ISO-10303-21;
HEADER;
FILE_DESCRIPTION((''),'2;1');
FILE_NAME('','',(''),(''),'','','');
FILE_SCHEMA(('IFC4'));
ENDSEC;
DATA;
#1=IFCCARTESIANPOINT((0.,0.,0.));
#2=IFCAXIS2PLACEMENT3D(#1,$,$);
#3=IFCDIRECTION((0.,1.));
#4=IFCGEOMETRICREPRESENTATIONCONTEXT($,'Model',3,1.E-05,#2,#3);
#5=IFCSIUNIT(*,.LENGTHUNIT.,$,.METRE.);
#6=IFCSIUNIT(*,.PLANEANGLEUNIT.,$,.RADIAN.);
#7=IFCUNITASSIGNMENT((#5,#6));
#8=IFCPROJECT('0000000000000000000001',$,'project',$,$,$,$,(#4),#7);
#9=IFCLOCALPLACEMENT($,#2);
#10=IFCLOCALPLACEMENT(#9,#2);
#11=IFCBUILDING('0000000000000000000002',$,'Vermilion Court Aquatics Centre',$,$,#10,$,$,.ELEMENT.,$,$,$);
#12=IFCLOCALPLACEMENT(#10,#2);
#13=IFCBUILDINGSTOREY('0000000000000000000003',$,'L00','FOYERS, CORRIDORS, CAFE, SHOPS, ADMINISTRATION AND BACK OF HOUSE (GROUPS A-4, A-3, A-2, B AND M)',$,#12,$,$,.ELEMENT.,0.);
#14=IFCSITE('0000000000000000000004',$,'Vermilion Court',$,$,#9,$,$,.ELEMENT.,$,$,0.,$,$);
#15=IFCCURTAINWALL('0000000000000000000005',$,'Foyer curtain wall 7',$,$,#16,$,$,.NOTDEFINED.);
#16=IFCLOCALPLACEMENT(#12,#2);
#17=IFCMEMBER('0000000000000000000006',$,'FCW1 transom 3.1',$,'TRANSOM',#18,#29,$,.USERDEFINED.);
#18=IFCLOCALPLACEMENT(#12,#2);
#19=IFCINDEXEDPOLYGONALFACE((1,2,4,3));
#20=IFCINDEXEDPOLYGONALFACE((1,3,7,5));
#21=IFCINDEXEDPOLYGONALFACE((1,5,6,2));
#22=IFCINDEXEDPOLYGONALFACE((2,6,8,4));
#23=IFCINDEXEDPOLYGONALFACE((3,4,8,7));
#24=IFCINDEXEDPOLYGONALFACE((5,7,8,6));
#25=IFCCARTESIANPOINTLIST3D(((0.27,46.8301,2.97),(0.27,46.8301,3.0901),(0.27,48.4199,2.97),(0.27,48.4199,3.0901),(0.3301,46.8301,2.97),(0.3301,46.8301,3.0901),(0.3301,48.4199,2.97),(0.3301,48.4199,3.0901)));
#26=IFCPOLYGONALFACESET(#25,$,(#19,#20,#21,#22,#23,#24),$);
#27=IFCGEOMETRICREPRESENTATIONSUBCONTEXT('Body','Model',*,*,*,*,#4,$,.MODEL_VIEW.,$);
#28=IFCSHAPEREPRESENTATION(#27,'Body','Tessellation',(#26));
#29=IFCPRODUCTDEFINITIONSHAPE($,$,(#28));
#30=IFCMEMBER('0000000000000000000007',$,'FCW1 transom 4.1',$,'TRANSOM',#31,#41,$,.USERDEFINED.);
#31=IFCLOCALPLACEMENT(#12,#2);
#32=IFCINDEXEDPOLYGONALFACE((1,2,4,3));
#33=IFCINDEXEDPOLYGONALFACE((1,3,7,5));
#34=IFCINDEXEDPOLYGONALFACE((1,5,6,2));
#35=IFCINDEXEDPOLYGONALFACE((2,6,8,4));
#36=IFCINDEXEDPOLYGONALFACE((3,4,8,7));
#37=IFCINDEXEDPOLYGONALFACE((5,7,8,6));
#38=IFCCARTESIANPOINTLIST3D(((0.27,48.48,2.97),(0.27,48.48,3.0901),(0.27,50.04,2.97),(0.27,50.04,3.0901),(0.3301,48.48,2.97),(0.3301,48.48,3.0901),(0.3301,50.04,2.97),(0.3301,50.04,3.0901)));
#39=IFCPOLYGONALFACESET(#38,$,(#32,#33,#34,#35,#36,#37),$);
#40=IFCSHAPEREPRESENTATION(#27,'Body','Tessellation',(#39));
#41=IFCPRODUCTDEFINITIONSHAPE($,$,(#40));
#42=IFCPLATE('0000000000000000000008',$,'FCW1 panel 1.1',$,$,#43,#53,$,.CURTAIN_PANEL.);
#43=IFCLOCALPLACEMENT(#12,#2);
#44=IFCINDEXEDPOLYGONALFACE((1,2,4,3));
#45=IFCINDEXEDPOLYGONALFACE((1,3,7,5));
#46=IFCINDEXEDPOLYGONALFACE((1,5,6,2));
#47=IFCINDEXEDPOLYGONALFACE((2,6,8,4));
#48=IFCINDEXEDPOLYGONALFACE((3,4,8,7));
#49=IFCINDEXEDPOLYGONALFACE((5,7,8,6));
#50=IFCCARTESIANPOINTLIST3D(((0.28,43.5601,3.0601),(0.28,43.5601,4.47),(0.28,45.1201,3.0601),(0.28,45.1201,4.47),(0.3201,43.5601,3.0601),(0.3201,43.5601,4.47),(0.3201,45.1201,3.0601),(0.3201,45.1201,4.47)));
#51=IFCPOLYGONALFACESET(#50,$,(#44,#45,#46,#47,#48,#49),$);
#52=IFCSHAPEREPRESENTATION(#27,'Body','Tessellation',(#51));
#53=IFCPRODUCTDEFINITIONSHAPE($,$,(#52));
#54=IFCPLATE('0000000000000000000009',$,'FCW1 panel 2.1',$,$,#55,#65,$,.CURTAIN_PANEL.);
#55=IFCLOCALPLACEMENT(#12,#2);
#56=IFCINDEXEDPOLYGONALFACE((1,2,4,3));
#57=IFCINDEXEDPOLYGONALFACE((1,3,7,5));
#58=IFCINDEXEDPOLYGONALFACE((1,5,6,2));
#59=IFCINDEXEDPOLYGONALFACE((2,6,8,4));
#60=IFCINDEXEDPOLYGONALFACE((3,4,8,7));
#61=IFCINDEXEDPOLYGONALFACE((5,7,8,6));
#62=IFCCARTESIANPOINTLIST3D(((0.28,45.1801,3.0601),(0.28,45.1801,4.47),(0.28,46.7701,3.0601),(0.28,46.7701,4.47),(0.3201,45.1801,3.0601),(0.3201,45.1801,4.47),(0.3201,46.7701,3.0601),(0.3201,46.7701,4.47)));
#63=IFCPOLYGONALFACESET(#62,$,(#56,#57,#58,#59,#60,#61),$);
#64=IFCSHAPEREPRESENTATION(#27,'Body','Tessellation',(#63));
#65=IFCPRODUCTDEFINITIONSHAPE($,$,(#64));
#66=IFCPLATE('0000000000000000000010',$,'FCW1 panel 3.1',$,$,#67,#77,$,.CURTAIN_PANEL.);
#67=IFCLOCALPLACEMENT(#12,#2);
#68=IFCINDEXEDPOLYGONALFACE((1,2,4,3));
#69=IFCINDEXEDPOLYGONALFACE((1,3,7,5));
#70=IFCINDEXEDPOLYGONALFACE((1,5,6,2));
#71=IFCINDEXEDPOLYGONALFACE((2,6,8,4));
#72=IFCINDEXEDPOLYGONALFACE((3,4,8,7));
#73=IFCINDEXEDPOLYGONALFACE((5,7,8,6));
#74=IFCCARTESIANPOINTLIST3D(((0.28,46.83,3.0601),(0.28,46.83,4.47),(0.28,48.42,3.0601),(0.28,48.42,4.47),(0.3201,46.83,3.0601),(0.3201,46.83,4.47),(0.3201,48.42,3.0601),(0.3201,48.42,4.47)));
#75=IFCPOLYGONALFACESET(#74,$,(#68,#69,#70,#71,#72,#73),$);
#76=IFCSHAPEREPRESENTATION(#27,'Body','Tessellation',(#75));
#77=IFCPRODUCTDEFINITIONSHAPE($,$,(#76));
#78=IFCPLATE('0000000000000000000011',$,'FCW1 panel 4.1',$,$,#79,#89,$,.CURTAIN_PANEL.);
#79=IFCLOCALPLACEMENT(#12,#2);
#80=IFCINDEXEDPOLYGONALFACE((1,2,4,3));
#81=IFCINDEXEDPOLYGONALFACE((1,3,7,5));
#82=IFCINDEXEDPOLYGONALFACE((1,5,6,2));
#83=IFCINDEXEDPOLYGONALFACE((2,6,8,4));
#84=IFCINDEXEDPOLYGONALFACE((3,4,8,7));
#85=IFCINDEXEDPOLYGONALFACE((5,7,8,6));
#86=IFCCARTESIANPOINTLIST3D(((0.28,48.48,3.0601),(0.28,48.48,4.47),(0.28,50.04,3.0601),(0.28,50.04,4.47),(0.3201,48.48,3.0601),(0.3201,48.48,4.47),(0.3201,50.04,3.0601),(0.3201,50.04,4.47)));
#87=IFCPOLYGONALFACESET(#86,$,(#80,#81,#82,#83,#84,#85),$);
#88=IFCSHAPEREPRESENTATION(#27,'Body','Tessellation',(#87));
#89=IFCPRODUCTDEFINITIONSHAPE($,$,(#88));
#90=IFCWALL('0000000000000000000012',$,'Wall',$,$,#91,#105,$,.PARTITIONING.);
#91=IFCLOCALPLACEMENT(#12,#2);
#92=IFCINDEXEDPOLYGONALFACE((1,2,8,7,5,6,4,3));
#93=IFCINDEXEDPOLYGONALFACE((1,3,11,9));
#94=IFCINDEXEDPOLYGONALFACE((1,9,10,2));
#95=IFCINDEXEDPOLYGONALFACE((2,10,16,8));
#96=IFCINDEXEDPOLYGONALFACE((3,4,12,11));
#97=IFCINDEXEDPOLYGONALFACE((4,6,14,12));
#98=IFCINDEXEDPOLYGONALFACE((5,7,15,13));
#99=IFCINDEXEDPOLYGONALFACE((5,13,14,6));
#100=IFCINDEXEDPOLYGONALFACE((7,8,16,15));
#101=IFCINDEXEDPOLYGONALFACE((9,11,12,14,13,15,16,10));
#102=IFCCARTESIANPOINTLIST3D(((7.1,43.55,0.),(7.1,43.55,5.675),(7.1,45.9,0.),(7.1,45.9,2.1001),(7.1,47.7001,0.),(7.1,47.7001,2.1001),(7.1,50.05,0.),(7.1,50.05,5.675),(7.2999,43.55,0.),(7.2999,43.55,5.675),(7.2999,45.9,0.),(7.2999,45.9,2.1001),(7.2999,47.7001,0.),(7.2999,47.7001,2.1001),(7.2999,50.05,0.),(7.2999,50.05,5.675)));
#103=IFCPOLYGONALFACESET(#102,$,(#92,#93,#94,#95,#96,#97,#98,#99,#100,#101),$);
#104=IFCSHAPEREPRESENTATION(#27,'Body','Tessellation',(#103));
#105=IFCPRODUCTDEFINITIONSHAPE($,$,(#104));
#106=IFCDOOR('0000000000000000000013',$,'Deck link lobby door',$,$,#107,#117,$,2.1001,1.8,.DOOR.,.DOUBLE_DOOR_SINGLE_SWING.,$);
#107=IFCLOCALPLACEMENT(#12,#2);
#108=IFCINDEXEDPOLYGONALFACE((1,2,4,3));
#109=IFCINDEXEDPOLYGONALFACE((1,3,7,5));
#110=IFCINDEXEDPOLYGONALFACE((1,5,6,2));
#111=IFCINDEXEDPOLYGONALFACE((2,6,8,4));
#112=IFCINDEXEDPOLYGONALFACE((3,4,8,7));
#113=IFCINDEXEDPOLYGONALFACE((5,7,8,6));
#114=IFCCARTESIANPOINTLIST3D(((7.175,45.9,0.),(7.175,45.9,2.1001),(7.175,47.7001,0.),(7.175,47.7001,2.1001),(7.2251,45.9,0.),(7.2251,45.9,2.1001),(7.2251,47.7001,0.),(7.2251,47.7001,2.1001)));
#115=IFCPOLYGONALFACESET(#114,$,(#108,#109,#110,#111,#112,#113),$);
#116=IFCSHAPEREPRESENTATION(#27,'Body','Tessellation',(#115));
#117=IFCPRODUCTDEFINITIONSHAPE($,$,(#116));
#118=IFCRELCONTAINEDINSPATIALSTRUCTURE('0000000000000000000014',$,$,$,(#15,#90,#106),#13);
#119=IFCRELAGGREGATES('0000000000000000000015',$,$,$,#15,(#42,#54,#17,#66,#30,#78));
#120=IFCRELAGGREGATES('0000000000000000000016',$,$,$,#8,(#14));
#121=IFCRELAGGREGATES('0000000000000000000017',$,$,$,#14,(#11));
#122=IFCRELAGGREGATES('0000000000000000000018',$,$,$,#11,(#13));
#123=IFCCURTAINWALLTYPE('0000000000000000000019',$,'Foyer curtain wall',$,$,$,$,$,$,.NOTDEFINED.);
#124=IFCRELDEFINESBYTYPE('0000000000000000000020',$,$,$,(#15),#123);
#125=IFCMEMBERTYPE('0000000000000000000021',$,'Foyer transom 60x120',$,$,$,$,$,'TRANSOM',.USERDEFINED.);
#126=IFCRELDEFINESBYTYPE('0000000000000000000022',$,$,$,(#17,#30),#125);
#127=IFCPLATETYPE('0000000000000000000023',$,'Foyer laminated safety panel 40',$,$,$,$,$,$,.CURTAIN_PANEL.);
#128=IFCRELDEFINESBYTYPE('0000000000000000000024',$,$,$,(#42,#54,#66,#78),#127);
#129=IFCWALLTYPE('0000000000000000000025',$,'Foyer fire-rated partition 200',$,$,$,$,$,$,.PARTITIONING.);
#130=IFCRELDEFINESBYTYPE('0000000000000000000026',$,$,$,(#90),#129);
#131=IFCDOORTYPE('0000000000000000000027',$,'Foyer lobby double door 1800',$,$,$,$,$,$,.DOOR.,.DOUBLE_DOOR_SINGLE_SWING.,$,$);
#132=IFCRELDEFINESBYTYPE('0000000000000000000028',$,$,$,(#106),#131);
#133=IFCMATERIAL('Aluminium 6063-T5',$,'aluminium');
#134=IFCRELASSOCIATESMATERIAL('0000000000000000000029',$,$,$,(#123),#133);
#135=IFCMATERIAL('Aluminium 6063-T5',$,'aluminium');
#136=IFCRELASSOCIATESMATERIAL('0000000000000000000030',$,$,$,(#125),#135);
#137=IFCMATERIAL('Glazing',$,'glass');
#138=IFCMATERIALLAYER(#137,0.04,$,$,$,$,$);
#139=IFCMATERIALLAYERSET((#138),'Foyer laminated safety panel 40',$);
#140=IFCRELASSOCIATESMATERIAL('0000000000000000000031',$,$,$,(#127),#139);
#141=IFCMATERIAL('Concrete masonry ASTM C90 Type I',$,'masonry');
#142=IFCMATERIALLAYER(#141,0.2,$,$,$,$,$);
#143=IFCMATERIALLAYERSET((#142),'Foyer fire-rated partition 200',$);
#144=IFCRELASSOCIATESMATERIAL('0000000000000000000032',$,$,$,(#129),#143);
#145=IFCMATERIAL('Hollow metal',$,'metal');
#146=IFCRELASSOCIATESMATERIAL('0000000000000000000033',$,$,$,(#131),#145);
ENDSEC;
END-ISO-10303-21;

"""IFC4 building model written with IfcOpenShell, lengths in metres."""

from ifc_helpers import new_model, si_unit, direction, frame, frame_2d, origin, origin_2d, place, context, subcontext, project, spatial, rectangle, extrude, material, layer, layer_set, material_profile, profile_set, type_object, element, fill, aggregate, save


model = new_model("IFC4")

# Units and contexts
model_context = context("Model", 3, precision=1e-05, world=origin(), true_north=direction((0.0, 1.0)))
body_context = subcontext(model_context, "Body", "Model", "MODEL_VIEW")
ifc_project = project(units=[si_unit("LENGTHUNIT", "METRE"), si_unit("PLANEANGLEUNIT", "RADIAN")], contexts=[model_context])

# Site, building, storey
site_placement = place(None, origin())
site = spatial("IfcSite", under=ifc_project, at=site_placement, Name="Vermilion Court", CompositionType="ELEMENT", RefElevation=0.0)
building_placement = place(site_placement, origin())
building = spatial("IfcBuilding", under=site, at=building_placement, Name="Vermilion Court Aquatics Centre", CompositionType="ELEMENT")
storey_placement = place(building_placement, origin())
storey = spatial("IfcBuildingStorey", under=building, at=storey_placement, Name="L00", Description="FOYERS, CORRIDORS, CAFE, SHOPS, ADMINISTRATION AND BACK OF HOUSE (GROUPS A-4, A-3, A-2, B AND M)", CompositionType="ELEMENT", Elevation=0.0)

# Curtain wall, members, plates
ifc_material_1 = material(Name="Aluminium 6063-T5", Category="aluminium")
curtain_wall_type = type_object("IfcCurtainWallType", Name="Foyer curtain wall", PredefinedType="NOTDEFINED", material=ifc_material_1)
curtain_wall_placement = place(storey_placement, origin())
curtain_wall = element("IfcCurtainWall", 1, at=curtain_wall_placement, inside=storey, type_object=curtain_wall_type, Name="Foyer curtain wall 7", PredefinedType="NOTDEFINED")
ifc_material_2 = material(Name="Aluminium 6063-T5", Category="aluminium")
ifc_material_profile_1 = material_profile(ifc_material_2, rectangle(XDim=0.0601, YDim=0.1201, at=origin_2d()), Name="Aluminium 60x120")
ifc_profile_set_1 = profile_set([ifc_material_profile_1], Name="Aluminium 6063-T5")
member_type_1 = type_object("IfcMemberType", Name="Foyer transom 60x120", ElementType="TRANSOM", PredefinedType="USERDEFINED", material=ifc_profile_set_1)
member_1_placement = place(storey_placement, frame((0.3, 46.8301, 3.03), z_axis=(0.0, 1.0, 0.0), x_axis=(-1.0, 0.0, 0.0)))
member_1 = element("IfcMember", 2, at=member_1_placement, type_object=member_type_1, Name="FCW1 transom 3.1", ObjectType="TRANSOM", PredefinedType="USERDEFINED", context=body_context, shape_type="SweptSolid", body=[
    extrude(rectangle(XDim=0.0601, YDim=0.1201, at=origin_2d()), origin(), (0.0, 0.0, 1.0), 1.5898),
])
member_2_placement = place(storey_placement, frame((0.3, 48.48, 3.03), z_axis=(0.0, 1.0, 0.0), x_axis=(-1.0, 0.0, 0.0)))
member_2 = element("IfcMember", 3, at=member_2_placement, type_object=member_type_1, Name="FCW1 transom 4.1", ObjectType="TRANSOM", PredefinedType="USERDEFINED", context=body_context, shape_type="SweptSolid", body=[
    extrude(rectangle(XDim=0.0601, YDim=0.1201, at=origin_2d()), origin(), (0.0, 0.0, 1.0), 1.5601),
])
ifc_material_3 = material(Name="Glazing", Category="glass")
ifc_layer_1 = layer(ifc_material_3, 0.04)
ifc_layer_set_1 = layer_set([ifc_layer_1], Name="Foyer laminated safety panel 40")
plate_type = type_object("IfcPlateType", Name="Foyer laminated safety panel 40", PredefinedType="CURTAIN_PANEL", material=ifc_layer_set_1)
plate_1_placement = place(storey_placement, frame((0.3, 44.3401, 3.0601), z_axis=(0.0, 0.0, 1.0), x_axis=(0.0, 1.0, 0.0)))
plate_1 = element("IfcPlate", 4, at=plate_1_placement, type_object=plate_type, Name="FCW1 panel 1.1", PredefinedType="CURTAIN_PANEL", context=body_context, shape_type="SweptSolid", body=[
    extrude(rectangle(XDim=1.5601, YDim=0.04, at=origin_2d()), origin(), (0.0, 0.0, 1.0), 1.4099),
])
plate_2_placement = place(storey_placement, frame((0.3, 45.9751, 3.0601), z_axis=(0.0, 0.0, 1.0), x_axis=(0.0, 1.0, 0.0)))
plate_2 = element("IfcPlate", 5, at=plate_2_placement, type_object=plate_type, Name="FCW1 panel 2.1", PredefinedType="CURTAIN_PANEL", context=body_context, shape_type="SweptSolid", body=[
    extrude(rectangle(XDim=1.5901, YDim=0.04, at=origin_2d()), origin(), (0.0, 0.0, 1.0), 1.4099),
])
plate_3_placement = place(storey_placement, frame((0.3, 47.625, 3.0601), z_axis=(0.0, 0.0, 1.0), x_axis=(0.0, 1.0, 0.0)))
plate_3 = element("IfcPlate", 6, at=plate_3_placement, type_object=plate_type, Name="FCW1 panel 3.1", PredefinedType="CURTAIN_PANEL", context=body_context, shape_type="SweptSolid", body=[
    extrude(rectangle(XDim=1.5901, YDim=0.04, at=origin_2d()), origin(), (0.0, 0.0, 1.0), 1.4099),
])
plate_4_placement = place(storey_placement, frame((0.3, 49.26, 3.0601), z_axis=(0.0, 0.0, 1.0), x_axis=(0.0, 1.0, 0.0)))
plate_4 = element("IfcPlate", 7, at=plate_4_placement, type_object=plate_type, Name="FCW1 panel 4.1", PredefinedType="CURTAIN_PANEL", context=body_context, shape_type="SweptSolid", body=[
    extrude(rectangle(XDim=1.5601, YDim=0.04, at=origin_2d()), origin(), (0.0, 0.0, 1.0), 1.4099),
])
aggregate(curtain_wall, [plate_1, plate_2, member_1, plate_3, member_2, plate_4])

# Wall, opening, door
ifc_material_4 = material(Name="Concrete masonry ASTM C90 Type I", Category="masonry")
ifc_layer_2 = layer(ifc_material_4, 0.2)
ifc_layer_set_2 = layer_set([ifc_layer_2], Name="Foyer fire-rated partition 200")
wall_type_1 = type_object("IfcWallType", Name="Foyer fire-rated partition 200", PredefinedType="PARTITIONING", material=ifc_layer_set_2)
wall_1_placement = place(storey_placement, frame((7.2, 43.55, 0.0), z_axis=(0.0, 0.0, 1.0), x_axis=(0.0, 1.0, 0.0)))
wall_1 = element("IfcWall", 8, at=wall_1_placement, inside=storey, type_object=wall_type_1, Name="Wall", PredefinedType="PARTITIONING", context=body_context, shape_type="SweptSolid", body=[
    extrude(rectangle(XDim=6.5, YDim=0.2, at=frame_2d((3.25, 0.0))), origin(), (0.0, 0.0, 1.0), 5.675),
])
opening_1_placement = place(wall_1_placement, frame((2.3501, 0.0, 0.0)))
opening_1 = element("IfcOpeningElement", 9, at=opening_1_placement, cuts=wall_1, PredefinedType="OPENING", context=body_context, shape_type="SweptSolid", body=[
    extrude(rectangle(XDim=1.8, YDim=2.1001, at=frame_2d((0.8999, 1.05))), frame((0.0, 0.1099, 0.0), z_axis=(0.0, -1.0, 0.0), x_axis=(1.0, 0.0, 0.0)), (0.0, 0.0, 1.0), 0.22),
])
ifc_material_5 = material(Name="Hollow metal", Category="metal")
door_type_1 = type_object("IfcDoorType", Name="Foyer lobby double door 1800", OperationType="DOUBLE_DOOR_SINGLE_SWING", PredefinedType="DOOR", material=ifc_material_5)
door_1_placement = place(opening_1_placement, origin())
door_1 = element("IfcDoor", 10, at=door_1_placement, inside=storey, type_object=door_type_1, Name="Deck link lobby door", OperationType="DOUBLE_DOOR_SINGLE_SWING", OverallHeight=2.1001, OverallWidth=1.8, PredefinedType="DOOR", context=body_context, shape_type="SweptSolid", body=[
    extrude(rectangle(XDim=1.8, YDim=2.1001, at=frame_2d((0.8999, 1.05))), frame((0.0, 0.0249, 0.0), z_axis=(0.0, -1.0, 0.0), x_axis=(1.0, 0.0, 0.0)), (0.0, 0.0, 1.0), 0.05),
])
fill(opening_1, door_1)

save(model, "model.ifc")
